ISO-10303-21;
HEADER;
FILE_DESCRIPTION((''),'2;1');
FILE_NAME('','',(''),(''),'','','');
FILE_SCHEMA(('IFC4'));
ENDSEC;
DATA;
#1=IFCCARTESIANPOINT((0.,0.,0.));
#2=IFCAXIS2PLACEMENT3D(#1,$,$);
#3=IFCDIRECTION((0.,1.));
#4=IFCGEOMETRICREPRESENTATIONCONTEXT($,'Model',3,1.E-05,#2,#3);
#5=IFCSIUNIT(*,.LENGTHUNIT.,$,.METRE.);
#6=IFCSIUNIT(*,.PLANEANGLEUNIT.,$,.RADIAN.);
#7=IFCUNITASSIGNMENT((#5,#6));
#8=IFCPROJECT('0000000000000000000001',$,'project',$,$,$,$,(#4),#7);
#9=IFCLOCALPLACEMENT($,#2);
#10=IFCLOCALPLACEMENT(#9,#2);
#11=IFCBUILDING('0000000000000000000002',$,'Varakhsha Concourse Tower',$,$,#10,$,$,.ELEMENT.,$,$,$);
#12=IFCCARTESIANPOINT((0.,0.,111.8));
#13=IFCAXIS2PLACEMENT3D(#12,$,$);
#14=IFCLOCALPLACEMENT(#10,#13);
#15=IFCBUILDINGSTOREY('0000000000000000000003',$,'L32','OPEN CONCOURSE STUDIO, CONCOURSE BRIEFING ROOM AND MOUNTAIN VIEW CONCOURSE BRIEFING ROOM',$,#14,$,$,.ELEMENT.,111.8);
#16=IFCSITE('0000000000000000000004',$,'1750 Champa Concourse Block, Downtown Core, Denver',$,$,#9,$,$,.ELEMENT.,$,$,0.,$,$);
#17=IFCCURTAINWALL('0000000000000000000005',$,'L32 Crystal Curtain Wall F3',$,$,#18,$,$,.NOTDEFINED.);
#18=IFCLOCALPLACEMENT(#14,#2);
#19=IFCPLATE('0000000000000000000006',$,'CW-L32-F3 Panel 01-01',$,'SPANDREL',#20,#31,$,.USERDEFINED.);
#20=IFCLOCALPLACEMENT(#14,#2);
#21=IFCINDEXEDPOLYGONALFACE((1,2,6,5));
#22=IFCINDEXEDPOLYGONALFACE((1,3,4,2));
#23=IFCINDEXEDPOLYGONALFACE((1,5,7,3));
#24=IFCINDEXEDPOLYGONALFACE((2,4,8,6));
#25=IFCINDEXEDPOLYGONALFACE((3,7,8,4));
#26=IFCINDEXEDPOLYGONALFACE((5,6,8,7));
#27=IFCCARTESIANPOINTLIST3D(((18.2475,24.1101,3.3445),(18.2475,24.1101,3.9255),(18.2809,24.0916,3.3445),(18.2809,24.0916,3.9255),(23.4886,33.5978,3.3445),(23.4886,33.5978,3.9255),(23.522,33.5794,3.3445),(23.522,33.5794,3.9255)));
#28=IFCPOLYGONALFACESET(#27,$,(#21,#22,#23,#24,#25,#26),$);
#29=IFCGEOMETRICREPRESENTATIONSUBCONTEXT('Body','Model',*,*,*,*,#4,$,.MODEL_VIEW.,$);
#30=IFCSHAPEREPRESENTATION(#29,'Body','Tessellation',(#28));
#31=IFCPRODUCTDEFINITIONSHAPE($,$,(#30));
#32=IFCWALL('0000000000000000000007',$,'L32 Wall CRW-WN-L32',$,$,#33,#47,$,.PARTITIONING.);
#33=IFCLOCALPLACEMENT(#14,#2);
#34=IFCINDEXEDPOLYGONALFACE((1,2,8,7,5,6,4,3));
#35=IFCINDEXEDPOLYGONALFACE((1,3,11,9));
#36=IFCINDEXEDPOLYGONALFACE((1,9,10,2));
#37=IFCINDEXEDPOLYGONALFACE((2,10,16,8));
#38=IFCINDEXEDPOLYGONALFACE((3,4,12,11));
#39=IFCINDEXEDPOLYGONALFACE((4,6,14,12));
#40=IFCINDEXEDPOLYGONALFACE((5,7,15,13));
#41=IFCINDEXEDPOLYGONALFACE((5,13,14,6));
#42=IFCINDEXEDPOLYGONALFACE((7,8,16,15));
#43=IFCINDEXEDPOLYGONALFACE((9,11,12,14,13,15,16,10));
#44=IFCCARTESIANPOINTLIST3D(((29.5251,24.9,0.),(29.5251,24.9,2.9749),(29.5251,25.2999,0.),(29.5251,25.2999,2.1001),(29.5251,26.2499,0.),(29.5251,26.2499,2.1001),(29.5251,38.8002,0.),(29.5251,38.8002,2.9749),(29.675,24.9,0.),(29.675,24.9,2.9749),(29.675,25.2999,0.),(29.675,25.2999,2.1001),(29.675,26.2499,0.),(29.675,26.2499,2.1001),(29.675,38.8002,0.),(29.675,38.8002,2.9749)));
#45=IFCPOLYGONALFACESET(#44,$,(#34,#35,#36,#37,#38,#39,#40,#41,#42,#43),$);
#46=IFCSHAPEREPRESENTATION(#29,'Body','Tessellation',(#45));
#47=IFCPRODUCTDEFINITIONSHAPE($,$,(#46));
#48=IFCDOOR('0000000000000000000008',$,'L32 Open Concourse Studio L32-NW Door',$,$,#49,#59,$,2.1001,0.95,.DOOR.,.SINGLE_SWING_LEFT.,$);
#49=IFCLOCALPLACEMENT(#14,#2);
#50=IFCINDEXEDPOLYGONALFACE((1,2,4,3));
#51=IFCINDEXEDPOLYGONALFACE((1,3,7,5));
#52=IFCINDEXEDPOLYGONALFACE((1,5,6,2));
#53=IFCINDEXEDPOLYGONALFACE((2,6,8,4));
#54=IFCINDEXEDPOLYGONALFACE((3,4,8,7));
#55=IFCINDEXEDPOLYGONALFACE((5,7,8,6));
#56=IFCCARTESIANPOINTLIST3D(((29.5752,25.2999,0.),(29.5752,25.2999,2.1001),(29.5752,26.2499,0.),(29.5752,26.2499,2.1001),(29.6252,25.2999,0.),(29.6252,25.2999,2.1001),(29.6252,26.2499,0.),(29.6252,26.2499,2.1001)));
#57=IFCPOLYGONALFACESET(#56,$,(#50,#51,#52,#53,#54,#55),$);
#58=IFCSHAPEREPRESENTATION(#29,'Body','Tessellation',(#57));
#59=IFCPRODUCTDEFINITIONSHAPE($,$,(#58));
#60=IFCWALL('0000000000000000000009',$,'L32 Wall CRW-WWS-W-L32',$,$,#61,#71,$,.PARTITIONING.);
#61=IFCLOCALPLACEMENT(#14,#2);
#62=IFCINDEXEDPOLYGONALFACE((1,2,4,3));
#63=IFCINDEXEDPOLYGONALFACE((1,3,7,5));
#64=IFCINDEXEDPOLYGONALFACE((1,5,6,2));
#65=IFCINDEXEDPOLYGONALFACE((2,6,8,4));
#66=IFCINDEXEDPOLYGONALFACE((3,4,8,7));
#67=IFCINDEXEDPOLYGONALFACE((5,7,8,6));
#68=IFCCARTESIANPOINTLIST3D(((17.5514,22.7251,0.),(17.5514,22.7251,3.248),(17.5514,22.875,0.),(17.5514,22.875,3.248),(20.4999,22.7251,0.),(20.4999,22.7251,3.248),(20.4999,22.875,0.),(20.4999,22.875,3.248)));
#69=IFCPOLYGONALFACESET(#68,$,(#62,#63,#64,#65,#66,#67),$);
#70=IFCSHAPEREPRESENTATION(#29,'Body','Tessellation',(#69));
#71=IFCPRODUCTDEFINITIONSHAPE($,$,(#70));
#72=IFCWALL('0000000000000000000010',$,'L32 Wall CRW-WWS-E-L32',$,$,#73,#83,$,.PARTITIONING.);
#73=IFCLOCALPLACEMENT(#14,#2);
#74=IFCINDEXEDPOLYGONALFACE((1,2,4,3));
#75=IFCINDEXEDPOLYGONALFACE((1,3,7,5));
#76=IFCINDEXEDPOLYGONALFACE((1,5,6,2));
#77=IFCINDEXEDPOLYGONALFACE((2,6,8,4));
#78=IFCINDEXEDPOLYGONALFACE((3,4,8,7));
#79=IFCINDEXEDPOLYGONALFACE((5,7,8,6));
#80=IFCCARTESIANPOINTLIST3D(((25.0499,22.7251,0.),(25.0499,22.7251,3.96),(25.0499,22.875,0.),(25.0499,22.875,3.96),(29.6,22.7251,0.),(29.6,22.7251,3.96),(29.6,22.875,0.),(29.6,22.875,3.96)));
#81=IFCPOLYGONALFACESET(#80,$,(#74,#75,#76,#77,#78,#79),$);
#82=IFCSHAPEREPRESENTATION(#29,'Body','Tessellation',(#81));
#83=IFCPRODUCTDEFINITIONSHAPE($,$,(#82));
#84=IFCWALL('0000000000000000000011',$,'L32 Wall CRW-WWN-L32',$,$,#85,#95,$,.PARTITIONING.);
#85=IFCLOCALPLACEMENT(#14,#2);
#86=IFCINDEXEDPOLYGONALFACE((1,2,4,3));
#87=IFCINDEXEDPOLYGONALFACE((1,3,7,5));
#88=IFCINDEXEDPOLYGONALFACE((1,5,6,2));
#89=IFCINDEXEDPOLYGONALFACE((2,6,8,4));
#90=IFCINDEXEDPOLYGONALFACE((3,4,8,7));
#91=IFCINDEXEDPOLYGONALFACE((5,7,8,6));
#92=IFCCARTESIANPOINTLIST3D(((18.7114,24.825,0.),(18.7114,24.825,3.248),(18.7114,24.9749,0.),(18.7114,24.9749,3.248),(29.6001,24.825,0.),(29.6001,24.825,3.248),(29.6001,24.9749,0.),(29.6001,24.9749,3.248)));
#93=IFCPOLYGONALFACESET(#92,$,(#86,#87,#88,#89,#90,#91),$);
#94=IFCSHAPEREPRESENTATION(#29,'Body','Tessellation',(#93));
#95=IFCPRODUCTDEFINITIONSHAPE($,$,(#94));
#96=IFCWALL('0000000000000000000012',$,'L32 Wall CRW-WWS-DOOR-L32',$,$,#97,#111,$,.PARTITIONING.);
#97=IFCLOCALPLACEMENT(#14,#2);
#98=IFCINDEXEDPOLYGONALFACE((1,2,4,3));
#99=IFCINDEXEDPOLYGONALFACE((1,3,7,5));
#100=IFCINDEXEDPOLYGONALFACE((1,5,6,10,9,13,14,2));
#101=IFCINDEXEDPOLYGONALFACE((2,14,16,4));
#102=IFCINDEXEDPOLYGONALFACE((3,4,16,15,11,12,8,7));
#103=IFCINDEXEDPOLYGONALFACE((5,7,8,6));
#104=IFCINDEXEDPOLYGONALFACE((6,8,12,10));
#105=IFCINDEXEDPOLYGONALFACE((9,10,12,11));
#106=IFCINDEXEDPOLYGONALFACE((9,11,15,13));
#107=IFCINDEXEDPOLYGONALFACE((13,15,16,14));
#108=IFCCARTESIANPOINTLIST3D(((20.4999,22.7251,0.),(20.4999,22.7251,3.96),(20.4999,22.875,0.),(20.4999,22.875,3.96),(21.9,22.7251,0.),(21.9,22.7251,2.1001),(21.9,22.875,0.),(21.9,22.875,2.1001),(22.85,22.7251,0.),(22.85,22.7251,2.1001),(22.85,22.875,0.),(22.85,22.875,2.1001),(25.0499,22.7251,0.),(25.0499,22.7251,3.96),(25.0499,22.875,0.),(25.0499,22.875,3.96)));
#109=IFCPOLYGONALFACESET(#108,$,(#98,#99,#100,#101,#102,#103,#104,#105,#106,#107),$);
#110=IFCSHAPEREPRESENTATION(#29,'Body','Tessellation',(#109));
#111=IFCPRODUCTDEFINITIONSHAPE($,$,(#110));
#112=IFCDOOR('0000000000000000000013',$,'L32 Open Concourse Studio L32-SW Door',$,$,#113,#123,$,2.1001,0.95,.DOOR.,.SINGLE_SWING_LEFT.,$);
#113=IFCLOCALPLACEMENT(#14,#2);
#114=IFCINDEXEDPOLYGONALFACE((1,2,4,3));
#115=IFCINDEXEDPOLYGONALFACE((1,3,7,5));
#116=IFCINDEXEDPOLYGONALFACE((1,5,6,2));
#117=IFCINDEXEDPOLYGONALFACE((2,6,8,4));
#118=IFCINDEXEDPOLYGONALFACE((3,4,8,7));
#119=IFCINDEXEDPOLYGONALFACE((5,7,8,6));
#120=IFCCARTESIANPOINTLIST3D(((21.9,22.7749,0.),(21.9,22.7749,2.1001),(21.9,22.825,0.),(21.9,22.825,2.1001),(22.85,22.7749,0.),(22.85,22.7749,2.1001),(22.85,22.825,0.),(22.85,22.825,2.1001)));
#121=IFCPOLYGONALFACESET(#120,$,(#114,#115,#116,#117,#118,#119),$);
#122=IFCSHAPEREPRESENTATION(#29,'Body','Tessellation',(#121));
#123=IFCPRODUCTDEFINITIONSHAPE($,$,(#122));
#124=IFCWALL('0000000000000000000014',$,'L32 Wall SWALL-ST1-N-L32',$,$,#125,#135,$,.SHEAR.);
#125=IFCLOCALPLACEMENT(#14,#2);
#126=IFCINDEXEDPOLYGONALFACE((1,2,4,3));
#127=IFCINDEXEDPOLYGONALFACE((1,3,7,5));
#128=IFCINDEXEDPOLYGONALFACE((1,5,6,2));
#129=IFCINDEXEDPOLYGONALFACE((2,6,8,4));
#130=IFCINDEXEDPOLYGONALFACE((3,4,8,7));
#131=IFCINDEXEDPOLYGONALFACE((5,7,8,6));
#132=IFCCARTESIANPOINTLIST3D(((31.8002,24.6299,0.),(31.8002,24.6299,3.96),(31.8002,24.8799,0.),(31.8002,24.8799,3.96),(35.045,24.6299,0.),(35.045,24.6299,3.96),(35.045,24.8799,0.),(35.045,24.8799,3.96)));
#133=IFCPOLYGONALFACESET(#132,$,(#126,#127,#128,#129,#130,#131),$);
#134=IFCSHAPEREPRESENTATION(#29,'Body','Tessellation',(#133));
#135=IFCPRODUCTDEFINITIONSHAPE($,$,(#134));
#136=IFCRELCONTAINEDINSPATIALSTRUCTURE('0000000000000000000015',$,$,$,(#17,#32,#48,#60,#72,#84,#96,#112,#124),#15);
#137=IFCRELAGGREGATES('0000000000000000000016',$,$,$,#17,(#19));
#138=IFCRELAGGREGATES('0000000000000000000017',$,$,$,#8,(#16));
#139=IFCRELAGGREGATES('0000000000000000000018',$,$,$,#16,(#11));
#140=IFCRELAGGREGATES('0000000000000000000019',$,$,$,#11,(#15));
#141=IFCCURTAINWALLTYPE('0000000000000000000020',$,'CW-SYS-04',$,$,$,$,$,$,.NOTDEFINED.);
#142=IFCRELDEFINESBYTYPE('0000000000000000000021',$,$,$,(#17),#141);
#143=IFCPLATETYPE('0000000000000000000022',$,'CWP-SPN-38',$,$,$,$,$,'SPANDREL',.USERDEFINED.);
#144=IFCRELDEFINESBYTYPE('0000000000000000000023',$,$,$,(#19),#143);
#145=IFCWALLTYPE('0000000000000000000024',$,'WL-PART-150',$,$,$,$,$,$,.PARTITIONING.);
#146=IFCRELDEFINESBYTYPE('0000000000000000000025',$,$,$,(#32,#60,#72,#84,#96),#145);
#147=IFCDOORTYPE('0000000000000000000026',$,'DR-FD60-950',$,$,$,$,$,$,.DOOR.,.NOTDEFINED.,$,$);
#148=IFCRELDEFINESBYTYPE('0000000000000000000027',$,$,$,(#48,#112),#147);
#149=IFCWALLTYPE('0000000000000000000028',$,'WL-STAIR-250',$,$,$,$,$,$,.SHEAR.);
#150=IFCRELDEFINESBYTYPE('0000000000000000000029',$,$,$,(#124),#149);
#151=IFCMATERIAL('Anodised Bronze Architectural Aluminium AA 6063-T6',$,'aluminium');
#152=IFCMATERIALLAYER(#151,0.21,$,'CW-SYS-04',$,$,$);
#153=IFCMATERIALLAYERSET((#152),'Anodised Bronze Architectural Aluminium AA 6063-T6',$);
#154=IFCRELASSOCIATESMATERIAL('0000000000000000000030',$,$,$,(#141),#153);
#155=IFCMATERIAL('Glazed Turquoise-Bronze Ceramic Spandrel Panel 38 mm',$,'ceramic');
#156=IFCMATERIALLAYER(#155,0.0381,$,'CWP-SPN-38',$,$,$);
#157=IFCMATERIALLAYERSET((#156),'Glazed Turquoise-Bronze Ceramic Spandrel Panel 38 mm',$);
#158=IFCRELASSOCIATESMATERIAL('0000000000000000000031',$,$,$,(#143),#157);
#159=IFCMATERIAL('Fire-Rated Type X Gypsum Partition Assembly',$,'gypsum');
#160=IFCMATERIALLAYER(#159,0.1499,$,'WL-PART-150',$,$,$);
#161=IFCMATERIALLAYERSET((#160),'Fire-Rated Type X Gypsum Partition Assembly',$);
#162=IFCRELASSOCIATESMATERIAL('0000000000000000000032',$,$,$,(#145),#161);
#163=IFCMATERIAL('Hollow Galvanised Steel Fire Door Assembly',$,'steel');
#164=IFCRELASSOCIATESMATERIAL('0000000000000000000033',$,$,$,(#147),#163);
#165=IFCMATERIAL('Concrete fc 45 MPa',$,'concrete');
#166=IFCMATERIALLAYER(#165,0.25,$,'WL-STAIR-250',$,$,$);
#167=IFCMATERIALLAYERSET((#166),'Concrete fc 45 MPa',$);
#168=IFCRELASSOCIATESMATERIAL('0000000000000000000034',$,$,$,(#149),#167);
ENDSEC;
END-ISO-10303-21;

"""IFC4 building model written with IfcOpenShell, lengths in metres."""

from ifc_helpers import new_model, si_unit, direction, frame, frame_2d, origin, origin_2d, place, context, subcontext, project, spatial, rectangle, extrude, source, transform, mapped, material, layer, layer_set, type_object, type_shapes, element, fill, aggregate, save


model = new_model("IFC4")

# Units and contexts
model_context = context("Model", 3, precision=1e-05, world=origin(), true_north=direction((0.0, 1.0)))
body_context = subcontext(model_context, "Body", "Model", "MODEL_VIEW")
ifc_project = project(units=[si_unit("LENGTHUNIT", "METRE"), si_unit("PLANEANGLEUNIT", "RADIAN")], contexts=[model_context])

# Site, building, storey
site_placement = place(None, origin())
site = spatial("IfcSite", under=ifc_project, at=site_placement, Name="1750 Champa Concourse Block, Downtown Core, Denver", CompositionType="ELEMENT", RefElevation=0.0)
building_placement = place(site_placement, origin())
building = spatial("IfcBuilding", under=site, at=building_placement, Name="Varakhsha Concourse Tower", CompositionType="ELEMENT")
storey_placement = place(building_placement, frame((0.0, 0.0, 111.8)))
storey = spatial("IfcBuildingStorey", under=building, at=storey_placement, Name="L32", Description="OPEN CONCOURSE STUDIO, CONCOURSE BRIEFING ROOM AND MOUNTAIN VIEW CONCOURSE BRIEFING ROOM", CompositionType="ELEMENT", Elevation=111.8)

# Curtain wall, plate
ifc_material_1 = material(Name="Anodised Bronze Architectural Aluminium AA 6063-T6", Category="aluminium")
ifc_layer_1 = layer(ifc_material_1, 0.21, Name="CW-SYS-04")
ifc_layer_set_1 = layer_set([ifc_layer_1], Name="Anodised Bronze Architectural Aluminium AA 6063-T6")
curtain_wall_type = type_object("IfcCurtainWallType", Name="CW-SYS-04", PredefinedType="NOTDEFINED", material=ifc_layer_set_1)
curtain_wall_placement = place(storey_placement, origin())
curtain_wall = element("IfcCurtainWall", 1, at=curtain_wall_placement, inside=storey, type_object=curtain_wall_type, Name="L32 Crystal Curtain Wall F3", PredefinedType="NOTDEFINED")
ifc_material_2 = material(Name="Glazed Turquoise-Bronze Ceramic Spandrel Panel 38 mm", Category="ceramic")
ifc_layer_2 = layer(ifc_material_2, 0.0381, Name="CWP-SPN-38")
ifc_layer_set_2 = layer_set([ifc_layer_2], Name="Glazed Turquoise-Bronze Ceramic Spandrel Panel 38 mm")
plate_type_1 = type_object("IfcPlateType", Name="CWP-SPN-38", ElementType="SPANDREL", PredefinedType="USERDEFINED", material=ifc_layer_set_2)
shared_shape_1 = source(origin(), body_context, "Body", "SweptSolid", [
    extrude(rectangle(XDim=10.8391, YDim=0.0381, at=origin_2d()), origin(), (0.0, 0.0, 1.0), 0.5811),
])
type_shapes(plate_type_1, [shared_shape_1])
plate_1_placement = place(storey_placement, frame((20.8848, 28.8447, 3.3445), z_axis=(0.0, 0.0, 1.0), x_axis=(0.483536, 0.875324, 0.0)))
plate_1 = element("IfcPlate", 2, at=plate_1_placement, type_object=plate_type_1, Name="CW-L32-F3 Panel 01-01", ObjectType="SPANDREL", PredefinedType="USERDEFINED", context=body_context, shape_type="MappedRepresentation", body=[
    mapped(shared_shape_1, transform((0.0, 0.0, 0.0), scale=1.0)),
])
aggregate(curtain_wall, [plate_1])

# Wall, opening, door
ifc_material_3 = material(Name="Fire-Rated Type X Gypsum Partition Assembly", Category="gypsum")
ifc_layer_3 = layer(ifc_material_3, 0.1499, Name="WL-PART-150")
ifc_layer_set_3 = layer_set([ifc_layer_3], Name="Fire-Rated Type X Gypsum Partition Assembly")
wall_type_1 = type_object("IfcWallType", Name="WL-PART-150", PredefinedType="PARTITIONING", material=ifc_layer_set_3)
wall_1_placement = place(storey_placement, frame((29.6001, 24.8999, 0.0), z_axis=(0.0, 0.0, 1.0), x_axis=(0.0, 1.0, 0.0)))
wall_1 = element("IfcWall", 3, at=wall_1_placement, inside=storey, type_object=wall_type_1, Name="L32 Wall CRW-WN-L32", PredefinedType="PARTITIONING", context=body_context, shape_type="SweptSolid", body=[
    extrude(rectangle(XDim=13.9001, YDim=0.1499, at=frame_2d((6.9502, 0.0))), origin(), (0.0, 0.0, 1.0), 2.9749),
])
opening_1_placement = place(wall_1_placement, frame((0.3999, 0.0, 0.0)))
opening_1 = element("IfcOpeningElement", 4, at=opening_1_placement, cuts=wall_1, PredefinedType="OPENING", context=body_context, shape_type="SweptSolid", body=[
    extrude(rectangle(XDim=0.95, YDim=2.1001, at=frame_2d((0.4751, 1.05))), frame((0.0, 0.085, 0.0), z_axis=(0.0, -1.0, 0.0), x_axis=(1.0, 0.0, 0.0)), (0.0, 0.0, 1.0), 0.1699),
])
ifc_material_4 = material(Name="Hollow Galvanised Steel Fire Door Assembly", Category="steel")
door_type_1 = type_object("IfcDoorType", Name="DR-FD60-950", OperationType="NOTDEFINED", PredefinedType="DOOR", material=ifc_material_4)
door_1_placement = place(opening_1_placement, origin())
door_1 = element("IfcDoor", 5, at=door_1_placement, inside=storey, type_object=door_type_1, Name="L32 Open Concourse Studio L32-NW Door", OperationType="SINGLE_SWING_LEFT", OverallHeight=2.1001, OverallWidth=0.95, PredefinedType="DOOR", context=body_context, shape_type="SweptSolid", body=[
    extrude(rectangle(XDim=0.95, YDim=2.1001, at=frame_2d((0.4751, 1.05))), frame((0.0, 0.0249, 0.0), z_axis=(0.0, -1.0, 0.0), x_axis=(1.0, 0.0, 0.0)), (0.0, 0.0, 1.0), 0.05),
])
fill(opening_1, door_1)

# Walls
wall_2_placement = place(storey_placement, frame((17.5515, 22.8, 0.0), z_axis=(0.0, 0.0, 1.0), x_axis=(1.0, 0.0, 0.0)))
element("IfcWall", 6, at=wall_2_placement, inside=storey, type_object=wall_type_1, Name="L32 Wall CRW-WWS-W-L32", PredefinedType="PARTITIONING", context=body_context, shape_type="SweptSolid", body=[
    extrude(rectangle(XDim=2.9485, YDim=0.1499, at=frame_2d((1.4741, 0.0))), origin(), (0.0, 0.0, 1.0), 3.248),
])
wall_3_placement = place(storey_placement, frame((25.05, 22.8, 0.0), z_axis=(0.0, 0.0, 1.0), x_axis=(1.0, 0.0, 0.0)))
element("IfcWall", 7, at=wall_3_placement, inside=storey, type_object=wall_type_1, Name="L32 Wall CRW-WWS-E-L32", PredefinedType="PARTITIONING", context=body_context, shape_type="SweptSolid", body=[
    extrude(rectangle(XDim=4.55, YDim=0.1499, at=frame_2d((2.2749, 0.0))), origin(), (0.0, 0.0, 1.0), 3.96),
])
wall_4_placement = place(storey_placement, frame((18.7114, 24.8999, 0.0), z_axis=(0.0, 0.0, 1.0), x_axis=(1.0, 0.0, 0.0)))
element("IfcWall", 8, at=wall_4_placement, inside=storey, type_object=wall_type_1, Name="L32 Wall CRW-WWN-L32", PredefinedType="PARTITIONING", context=body_context, shape_type="SweptSolid", body=[
    extrude(rectangle(XDim=10.8887, YDim=0.1499, at=frame_2d((5.4443, 0.0))), origin(), (0.0, 0.0, 1.0), 3.248),
])

# Wall, opening, door
wall_5_placement = place(storey_placement, frame((20.5, 22.8, 0.0), z_axis=(0.0, 0.0, 1.0), x_axis=(1.0, 0.0, 0.0)))
wall_5 = element("IfcWall", 9, at=wall_5_placement, inside=storey, type_object=wall_type_1, Name="L32 Wall CRW-WWS-DOOR-L32", PredefinedType="PARTITIONING", context=body_context, shape_type="SweptSolid", body=[
    extrude(rectangle(XDim=4.55, YDim=0.1499, at=frame_2d((2.2749, 0.0))), origin(), (0.0, 0.0, 1.0), 3.96),
])
opening_2_placement = place(wall_5_placement, frame((1.3999, 0.0, 0.0)))
opening_2 = element("IfcOpeningElement", 10, at=opening_2_placement, cuts=wall_5, PredefinedType="OPENING", context=body_context, shape_type="SweptSolid", body=[
    extrude(rectangle(XDim=0.95, YDim=2.1001, at=frame_2d((0.4751, 1.05))), frame((0.0, 0.085, 0.0), z_axis=(0.0, -1.0, 0.0), x_axis=(1.0, 0.0, 0.0)), (0.0, 0.0, 1.0), 0.1699),
])
door_2_placement = place(opening_2_placement, origin())
door_2 = element("IfcDoor", 11, at=door_2_placement, inside=storey, type_object=door_type_1, Name="L32 Open Concourse Studio L32-SW Door", OperationType="SINGLE_SWING_LEFT", OverallHeight=2.1001, OverallWidth=0.95, PredefinedType="DOOR", context=body_context, shape_type="SweptSolid", body=[
    extrude(rectangle(XDim=0.95, YDim=2.1001, at=frame_2d((0.4751, 1.05))), frame((0.0, 0.0249, 0.0), z_axis=(0.0, -1.0, 0.0), x_axis=(1.0, 0.0, 0.0)), (0.0, 0.0, 1.0), 0.05),
])
fill(opening_2, door_2)

# Wall
ifc_material_5 = material(Name="Concrete fc 45 MPa", Category="concrete")
ifc_layer_4 = layer(ifc_material_5, 0.25, Name="WL-STAIR-250")
ifc_layer_set_4 = layer_set([ifc_layer_4], Name="Concrete fc 45 MPa")
wall_type_2 = type_object("IfcWallType", Name="WL-STAIR-250", PredefinedType="SHEAR", material=ifc_layer_set_4)
wall_6_placement = place(storey_placement, frame((31.8, 24.7549, 0.0), z_axis=(0.0, 0.0, 1.0), x_axis=(1.0, 0.0, 0.0)))
element("IfcWall", 12, at=wall_6_placement, inside=storey, type_object=wall_type_2, Name="L32 Wall SWALL-ST1-N-L32", PredefinedType="SHEAR", context=body_context, shape_type="SweptSolid", body=[
    extrude(rectangle(XDim=3.2449, YDim=0.25, at=frame_2d((1.6226, 0.0))), origin(), (0.0, 0.0, 1.0), 3.96),
])

save(model, "model.ifc")
